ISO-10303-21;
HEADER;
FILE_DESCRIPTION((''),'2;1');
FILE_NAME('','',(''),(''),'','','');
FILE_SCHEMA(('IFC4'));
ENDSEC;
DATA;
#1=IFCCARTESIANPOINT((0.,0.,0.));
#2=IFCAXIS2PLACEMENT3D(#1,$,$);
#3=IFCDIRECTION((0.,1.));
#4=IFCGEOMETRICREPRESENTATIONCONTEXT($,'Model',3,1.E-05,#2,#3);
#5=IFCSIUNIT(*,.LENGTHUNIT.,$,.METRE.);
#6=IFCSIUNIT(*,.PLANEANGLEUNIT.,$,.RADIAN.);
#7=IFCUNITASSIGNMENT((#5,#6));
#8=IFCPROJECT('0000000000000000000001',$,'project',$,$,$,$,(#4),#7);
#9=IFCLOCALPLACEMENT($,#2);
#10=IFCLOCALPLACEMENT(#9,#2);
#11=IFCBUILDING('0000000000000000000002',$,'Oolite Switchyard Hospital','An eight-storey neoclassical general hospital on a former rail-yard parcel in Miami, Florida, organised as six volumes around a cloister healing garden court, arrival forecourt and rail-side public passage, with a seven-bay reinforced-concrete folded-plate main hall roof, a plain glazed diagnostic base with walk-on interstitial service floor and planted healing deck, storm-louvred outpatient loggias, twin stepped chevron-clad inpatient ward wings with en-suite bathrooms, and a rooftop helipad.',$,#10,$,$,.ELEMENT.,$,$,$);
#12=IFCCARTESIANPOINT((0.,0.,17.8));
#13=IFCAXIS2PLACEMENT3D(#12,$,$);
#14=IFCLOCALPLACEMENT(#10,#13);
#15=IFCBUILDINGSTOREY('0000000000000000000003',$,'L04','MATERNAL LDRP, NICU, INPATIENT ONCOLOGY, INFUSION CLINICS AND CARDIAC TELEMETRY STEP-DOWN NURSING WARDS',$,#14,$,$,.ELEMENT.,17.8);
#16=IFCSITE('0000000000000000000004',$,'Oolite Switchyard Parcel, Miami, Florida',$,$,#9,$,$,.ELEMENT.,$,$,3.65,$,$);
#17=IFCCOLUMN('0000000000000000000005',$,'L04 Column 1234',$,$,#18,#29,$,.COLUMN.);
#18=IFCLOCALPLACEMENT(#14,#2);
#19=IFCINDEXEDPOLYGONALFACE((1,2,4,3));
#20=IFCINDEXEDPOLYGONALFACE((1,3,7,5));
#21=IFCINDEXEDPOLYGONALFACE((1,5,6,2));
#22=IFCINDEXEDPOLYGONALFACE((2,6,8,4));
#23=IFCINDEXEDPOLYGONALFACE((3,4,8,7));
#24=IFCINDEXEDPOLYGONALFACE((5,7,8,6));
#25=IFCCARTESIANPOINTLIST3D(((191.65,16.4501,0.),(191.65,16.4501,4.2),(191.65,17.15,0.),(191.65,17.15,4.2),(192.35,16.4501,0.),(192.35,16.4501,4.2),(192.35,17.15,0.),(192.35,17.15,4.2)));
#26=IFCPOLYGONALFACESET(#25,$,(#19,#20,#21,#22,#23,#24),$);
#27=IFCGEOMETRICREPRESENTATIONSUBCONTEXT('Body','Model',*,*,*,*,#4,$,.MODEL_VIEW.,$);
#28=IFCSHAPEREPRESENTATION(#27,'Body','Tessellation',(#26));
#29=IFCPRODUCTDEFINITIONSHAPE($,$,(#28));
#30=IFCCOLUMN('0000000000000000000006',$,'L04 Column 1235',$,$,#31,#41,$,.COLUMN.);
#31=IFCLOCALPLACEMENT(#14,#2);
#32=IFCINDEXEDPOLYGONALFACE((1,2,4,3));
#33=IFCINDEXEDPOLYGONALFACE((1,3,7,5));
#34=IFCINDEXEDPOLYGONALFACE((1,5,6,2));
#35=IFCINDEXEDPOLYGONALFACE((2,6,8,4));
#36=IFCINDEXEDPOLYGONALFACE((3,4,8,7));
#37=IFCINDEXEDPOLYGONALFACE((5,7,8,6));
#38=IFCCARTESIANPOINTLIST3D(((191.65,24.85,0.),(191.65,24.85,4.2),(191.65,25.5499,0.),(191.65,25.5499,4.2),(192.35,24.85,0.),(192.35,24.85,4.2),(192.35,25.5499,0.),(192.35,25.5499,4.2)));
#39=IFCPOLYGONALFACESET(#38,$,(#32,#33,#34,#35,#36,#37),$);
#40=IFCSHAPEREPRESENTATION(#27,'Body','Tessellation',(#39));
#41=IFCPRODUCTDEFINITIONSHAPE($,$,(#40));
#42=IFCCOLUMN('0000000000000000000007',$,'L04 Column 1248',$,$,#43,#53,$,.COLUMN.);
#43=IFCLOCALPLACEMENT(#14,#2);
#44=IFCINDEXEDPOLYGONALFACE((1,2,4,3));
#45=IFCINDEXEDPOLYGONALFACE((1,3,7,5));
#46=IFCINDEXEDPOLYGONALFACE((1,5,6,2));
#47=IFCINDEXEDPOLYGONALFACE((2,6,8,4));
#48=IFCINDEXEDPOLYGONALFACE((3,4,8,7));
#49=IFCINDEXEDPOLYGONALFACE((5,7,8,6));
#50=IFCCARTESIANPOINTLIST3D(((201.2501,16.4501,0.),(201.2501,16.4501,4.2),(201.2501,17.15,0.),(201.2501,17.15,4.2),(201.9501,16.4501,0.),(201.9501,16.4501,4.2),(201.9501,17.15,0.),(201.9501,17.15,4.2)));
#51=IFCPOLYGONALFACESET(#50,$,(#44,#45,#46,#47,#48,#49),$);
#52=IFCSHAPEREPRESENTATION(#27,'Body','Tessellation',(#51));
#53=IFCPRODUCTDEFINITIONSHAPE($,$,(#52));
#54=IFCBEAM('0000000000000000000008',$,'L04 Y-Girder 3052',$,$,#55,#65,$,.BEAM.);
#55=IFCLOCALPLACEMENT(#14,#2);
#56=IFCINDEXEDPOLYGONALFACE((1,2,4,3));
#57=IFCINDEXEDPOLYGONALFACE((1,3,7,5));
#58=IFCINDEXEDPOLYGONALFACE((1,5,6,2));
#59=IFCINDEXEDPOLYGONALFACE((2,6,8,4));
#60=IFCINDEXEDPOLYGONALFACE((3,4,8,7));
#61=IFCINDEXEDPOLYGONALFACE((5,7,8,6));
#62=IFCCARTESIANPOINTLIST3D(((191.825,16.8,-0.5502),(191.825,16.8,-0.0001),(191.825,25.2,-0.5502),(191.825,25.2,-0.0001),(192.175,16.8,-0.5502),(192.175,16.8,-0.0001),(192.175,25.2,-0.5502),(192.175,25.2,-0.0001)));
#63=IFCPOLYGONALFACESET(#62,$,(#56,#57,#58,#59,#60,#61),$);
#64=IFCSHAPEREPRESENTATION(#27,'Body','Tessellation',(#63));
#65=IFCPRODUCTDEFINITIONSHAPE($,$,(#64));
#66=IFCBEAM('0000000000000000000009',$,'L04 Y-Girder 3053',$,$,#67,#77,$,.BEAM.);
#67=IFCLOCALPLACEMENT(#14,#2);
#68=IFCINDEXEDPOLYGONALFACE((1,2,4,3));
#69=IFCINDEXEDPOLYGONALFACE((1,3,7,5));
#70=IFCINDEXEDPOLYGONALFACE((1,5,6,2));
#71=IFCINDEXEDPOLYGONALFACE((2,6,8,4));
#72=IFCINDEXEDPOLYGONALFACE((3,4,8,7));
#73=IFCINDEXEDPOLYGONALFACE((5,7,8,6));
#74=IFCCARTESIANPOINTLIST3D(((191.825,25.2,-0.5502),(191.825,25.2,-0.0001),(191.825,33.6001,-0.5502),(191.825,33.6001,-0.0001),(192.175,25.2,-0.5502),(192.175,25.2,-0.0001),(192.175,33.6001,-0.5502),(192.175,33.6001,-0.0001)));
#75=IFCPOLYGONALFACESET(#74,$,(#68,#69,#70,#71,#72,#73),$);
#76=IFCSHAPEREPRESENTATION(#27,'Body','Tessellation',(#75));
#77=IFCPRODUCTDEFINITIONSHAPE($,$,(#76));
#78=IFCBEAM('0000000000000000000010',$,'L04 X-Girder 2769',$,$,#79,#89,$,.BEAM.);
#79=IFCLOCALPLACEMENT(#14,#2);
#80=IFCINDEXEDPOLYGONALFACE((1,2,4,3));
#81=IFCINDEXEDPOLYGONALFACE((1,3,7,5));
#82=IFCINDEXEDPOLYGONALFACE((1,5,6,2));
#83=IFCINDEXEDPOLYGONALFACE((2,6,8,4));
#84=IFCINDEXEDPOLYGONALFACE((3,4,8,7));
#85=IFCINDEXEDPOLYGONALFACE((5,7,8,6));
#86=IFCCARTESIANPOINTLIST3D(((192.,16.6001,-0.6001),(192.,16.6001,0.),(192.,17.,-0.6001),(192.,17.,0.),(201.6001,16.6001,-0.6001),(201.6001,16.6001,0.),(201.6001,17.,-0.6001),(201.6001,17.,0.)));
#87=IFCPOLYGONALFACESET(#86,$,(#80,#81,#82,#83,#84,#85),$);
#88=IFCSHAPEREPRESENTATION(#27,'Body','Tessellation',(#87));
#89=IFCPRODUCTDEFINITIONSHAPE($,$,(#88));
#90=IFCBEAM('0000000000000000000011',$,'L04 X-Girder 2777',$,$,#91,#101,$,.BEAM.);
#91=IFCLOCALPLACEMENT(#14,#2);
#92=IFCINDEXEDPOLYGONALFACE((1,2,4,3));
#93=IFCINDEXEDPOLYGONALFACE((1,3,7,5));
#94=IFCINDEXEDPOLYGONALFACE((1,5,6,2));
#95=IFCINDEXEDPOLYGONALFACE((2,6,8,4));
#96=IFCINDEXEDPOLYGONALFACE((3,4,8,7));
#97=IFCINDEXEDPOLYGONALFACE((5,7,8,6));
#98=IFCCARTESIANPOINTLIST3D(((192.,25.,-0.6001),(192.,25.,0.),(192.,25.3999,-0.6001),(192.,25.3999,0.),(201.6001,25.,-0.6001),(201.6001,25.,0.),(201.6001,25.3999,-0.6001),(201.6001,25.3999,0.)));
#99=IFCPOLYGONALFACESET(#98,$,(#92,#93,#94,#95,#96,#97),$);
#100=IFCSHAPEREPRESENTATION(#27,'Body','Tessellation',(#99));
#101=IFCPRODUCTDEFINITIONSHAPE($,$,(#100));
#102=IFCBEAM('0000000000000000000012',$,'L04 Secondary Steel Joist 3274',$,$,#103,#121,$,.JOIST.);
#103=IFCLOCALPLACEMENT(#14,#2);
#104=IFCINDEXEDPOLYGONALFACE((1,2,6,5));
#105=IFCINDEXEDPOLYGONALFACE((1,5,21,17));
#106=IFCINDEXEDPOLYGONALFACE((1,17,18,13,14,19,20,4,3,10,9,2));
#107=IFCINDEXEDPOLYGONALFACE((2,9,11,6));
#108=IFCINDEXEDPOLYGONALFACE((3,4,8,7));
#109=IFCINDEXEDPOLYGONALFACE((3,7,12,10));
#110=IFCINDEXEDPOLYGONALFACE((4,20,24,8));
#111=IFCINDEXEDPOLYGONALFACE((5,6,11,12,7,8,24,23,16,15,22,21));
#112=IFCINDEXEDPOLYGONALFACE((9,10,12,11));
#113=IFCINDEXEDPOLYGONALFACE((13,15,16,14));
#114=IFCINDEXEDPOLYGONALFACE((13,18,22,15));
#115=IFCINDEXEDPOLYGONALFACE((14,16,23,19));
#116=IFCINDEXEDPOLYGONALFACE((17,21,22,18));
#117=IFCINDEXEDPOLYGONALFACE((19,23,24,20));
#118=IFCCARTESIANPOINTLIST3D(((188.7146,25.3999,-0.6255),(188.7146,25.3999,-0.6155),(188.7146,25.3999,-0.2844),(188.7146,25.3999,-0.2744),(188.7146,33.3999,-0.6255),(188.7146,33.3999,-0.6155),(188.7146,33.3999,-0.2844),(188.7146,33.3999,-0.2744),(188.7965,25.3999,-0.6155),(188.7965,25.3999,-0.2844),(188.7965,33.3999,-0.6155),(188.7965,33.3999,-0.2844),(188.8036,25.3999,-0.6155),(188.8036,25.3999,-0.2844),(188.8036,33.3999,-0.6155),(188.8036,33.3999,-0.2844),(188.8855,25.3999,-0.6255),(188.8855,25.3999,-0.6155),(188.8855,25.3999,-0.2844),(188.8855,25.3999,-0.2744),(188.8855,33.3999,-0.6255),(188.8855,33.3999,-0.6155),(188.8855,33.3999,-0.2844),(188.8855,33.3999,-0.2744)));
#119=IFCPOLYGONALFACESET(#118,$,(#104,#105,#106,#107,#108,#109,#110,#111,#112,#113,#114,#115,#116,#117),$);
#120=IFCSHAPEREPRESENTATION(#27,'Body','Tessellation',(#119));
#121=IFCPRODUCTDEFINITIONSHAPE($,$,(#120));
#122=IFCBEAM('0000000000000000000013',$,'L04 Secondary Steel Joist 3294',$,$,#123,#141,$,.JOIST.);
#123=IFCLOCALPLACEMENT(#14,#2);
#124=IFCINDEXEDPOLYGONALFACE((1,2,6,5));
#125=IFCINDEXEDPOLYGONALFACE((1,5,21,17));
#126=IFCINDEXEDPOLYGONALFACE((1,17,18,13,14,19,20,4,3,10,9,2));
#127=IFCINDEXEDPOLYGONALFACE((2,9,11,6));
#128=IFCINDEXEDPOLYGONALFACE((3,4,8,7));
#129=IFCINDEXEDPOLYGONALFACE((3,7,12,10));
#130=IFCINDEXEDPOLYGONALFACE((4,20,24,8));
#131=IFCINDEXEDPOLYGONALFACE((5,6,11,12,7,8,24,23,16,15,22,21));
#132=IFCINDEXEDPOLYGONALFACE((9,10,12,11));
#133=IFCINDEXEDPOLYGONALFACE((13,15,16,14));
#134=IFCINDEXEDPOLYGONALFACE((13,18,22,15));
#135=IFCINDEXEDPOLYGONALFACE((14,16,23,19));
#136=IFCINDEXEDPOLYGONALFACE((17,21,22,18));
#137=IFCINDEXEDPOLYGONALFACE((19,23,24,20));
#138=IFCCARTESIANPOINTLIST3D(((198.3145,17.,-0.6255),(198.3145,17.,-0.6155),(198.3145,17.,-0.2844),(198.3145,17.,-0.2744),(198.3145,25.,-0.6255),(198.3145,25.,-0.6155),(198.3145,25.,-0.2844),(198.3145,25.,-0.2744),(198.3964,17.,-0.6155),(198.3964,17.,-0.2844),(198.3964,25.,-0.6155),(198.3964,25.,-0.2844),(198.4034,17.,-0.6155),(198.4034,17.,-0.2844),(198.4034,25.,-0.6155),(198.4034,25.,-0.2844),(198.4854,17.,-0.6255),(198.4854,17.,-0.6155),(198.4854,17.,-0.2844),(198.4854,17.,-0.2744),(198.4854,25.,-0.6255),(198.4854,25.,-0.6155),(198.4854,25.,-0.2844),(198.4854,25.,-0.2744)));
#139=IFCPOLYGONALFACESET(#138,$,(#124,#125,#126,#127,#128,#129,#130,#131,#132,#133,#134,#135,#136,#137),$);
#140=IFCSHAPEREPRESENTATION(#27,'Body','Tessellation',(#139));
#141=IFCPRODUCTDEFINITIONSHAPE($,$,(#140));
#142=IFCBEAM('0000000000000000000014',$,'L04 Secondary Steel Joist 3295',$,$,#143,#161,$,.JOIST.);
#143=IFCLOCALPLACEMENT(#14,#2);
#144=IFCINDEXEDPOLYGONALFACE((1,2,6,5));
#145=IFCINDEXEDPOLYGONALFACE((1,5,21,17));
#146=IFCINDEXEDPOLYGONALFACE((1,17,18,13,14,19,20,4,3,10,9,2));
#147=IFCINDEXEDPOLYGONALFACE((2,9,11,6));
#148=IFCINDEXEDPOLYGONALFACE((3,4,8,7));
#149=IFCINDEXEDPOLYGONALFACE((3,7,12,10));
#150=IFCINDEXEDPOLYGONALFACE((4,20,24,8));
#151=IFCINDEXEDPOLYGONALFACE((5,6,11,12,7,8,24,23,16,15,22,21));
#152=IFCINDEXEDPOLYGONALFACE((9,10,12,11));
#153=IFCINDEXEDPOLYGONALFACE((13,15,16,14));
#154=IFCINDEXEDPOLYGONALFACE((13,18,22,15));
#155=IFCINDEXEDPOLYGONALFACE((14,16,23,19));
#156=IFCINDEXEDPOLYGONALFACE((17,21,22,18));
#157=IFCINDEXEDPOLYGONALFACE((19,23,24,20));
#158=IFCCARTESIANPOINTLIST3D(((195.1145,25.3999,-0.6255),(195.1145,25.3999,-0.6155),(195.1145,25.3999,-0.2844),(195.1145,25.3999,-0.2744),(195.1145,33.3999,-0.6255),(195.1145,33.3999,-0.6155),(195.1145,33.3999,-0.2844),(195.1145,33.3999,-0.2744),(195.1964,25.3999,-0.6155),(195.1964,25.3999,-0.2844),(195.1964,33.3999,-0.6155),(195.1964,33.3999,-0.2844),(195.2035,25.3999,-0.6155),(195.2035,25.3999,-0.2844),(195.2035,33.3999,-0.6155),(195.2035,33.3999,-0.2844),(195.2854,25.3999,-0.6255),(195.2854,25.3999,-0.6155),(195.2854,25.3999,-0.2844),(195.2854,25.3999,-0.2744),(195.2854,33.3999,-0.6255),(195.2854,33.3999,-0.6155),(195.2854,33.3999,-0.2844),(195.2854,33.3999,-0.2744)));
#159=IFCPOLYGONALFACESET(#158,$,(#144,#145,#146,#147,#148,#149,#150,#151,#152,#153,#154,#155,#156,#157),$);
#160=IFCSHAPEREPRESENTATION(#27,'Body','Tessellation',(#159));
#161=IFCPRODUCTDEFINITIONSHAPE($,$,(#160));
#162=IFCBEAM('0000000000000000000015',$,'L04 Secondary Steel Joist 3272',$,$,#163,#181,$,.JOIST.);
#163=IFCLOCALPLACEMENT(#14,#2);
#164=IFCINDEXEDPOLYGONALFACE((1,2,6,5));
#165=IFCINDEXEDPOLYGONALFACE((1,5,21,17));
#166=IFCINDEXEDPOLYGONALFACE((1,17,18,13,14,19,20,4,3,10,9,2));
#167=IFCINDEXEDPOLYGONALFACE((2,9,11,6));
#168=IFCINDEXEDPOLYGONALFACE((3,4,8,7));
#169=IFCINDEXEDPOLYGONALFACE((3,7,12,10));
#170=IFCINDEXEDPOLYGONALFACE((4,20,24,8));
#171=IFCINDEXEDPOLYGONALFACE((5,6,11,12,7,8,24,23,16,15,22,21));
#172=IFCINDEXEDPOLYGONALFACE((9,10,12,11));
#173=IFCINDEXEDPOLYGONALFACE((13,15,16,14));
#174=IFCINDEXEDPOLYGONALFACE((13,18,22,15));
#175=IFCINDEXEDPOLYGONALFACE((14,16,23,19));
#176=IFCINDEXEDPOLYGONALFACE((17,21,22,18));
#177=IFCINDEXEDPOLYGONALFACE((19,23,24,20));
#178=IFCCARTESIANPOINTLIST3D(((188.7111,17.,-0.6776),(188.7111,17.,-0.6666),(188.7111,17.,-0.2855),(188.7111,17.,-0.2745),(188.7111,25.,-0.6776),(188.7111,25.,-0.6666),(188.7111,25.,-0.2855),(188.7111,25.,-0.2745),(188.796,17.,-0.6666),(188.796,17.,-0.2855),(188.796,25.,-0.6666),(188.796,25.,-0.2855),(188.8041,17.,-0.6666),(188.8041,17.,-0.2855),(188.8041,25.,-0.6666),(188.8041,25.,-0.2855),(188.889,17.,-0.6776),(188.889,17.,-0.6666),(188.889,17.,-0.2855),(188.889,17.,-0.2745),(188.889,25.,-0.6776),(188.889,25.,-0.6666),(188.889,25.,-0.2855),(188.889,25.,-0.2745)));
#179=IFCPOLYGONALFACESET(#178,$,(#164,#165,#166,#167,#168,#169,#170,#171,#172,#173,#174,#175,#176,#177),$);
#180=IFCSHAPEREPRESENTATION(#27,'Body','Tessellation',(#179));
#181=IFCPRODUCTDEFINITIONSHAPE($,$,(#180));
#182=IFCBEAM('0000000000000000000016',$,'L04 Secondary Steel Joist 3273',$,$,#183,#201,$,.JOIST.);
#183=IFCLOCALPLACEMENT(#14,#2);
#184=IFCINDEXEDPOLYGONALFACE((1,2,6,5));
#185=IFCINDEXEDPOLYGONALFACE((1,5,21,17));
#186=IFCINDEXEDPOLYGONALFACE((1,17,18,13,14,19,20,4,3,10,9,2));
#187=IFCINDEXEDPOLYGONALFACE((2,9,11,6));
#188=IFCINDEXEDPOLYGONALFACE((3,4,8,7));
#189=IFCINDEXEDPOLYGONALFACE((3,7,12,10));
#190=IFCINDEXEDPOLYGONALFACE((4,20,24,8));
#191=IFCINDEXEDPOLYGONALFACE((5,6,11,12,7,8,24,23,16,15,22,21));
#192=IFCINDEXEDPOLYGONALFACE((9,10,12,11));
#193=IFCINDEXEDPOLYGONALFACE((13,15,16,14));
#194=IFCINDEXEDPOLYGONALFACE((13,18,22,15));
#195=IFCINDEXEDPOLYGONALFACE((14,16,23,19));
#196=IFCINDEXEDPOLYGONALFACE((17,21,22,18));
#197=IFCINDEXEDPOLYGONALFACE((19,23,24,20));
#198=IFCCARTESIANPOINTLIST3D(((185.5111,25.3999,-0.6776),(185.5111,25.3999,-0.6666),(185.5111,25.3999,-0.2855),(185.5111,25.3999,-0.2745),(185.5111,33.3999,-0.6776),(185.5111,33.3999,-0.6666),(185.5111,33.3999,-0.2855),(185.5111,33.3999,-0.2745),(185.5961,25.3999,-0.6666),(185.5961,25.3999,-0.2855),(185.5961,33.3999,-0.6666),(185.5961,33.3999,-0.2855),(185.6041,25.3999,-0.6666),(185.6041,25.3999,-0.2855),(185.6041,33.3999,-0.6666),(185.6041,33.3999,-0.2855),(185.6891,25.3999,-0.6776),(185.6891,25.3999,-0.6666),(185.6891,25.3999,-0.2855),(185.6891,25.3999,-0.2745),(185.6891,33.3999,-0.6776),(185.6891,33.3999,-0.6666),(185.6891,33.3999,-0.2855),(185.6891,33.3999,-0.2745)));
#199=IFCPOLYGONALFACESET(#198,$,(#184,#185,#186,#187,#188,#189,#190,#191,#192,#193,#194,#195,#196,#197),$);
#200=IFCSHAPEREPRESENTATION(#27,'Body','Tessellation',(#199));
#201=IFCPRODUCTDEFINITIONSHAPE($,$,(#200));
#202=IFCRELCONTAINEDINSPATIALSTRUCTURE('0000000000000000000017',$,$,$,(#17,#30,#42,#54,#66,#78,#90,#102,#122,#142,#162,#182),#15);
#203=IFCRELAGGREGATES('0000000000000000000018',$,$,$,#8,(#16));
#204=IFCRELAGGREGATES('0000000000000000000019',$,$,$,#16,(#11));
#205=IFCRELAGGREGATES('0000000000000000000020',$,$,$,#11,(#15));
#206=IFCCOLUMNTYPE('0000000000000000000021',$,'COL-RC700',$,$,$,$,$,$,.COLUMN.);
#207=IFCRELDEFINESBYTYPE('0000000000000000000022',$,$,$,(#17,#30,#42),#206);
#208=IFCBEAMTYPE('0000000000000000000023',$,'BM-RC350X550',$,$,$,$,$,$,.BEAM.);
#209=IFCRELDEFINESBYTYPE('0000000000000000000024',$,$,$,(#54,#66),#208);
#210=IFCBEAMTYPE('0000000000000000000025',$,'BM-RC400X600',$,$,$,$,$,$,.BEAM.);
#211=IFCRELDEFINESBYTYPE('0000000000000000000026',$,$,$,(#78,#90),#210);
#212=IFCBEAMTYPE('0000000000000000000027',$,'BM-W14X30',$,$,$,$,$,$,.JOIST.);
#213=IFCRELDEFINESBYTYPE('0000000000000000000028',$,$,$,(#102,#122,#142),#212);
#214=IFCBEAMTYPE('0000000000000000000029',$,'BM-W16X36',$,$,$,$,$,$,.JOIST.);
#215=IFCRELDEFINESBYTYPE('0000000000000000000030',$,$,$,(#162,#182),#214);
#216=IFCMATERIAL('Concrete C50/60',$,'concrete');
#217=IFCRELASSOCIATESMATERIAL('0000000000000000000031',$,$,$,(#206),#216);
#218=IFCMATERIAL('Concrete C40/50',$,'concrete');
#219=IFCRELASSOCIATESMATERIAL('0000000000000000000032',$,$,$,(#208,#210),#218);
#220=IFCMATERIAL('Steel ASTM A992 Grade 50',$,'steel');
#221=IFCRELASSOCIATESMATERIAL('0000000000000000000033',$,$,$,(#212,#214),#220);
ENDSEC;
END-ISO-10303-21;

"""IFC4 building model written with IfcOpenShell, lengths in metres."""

from ifc_helpers import new_model, si_unit, direction, frame, origin, origin_2d, place, context, subcontext, project, spatial, rectangle, i_section, extrude, material, material_profile, profile_set, type_object, element, save


model = new_model("IFC4")

# Units and contexts
model_context = context("Model", 3, precision=1e-05, world=origin(), true_north=direction((0.0, 1.0)))
body_context = subcontext(model_context, "Body", "Model", "MODEL_VIEW")
ifc_project = project(units=[si_unit("LENGTHUNIT", "METRE"), si_unit("PLANEANGLEUNIT", "RADIAN")], contexts=[model_context])

# Site, building, storey
site_placement = place(None, origin())
site = spatial("IfcSite", under=ifc_project, at=site_placement, Name="Oolite Switchyard Parcel, Miami, Florida", CompositionType="ELEMENT", RefElevation=3.65)
building_placement = place(site_placement, origin())
building = spatial("IfcBuilding", under=site, at=building_placement, Name="Oolite Switchyard Hospital", Description="An eight-storey neoclassical general hospital on a former rail-yard parcel in Miami, Florida, organised as six volumes around a cloister healing garden court, arrival forecourt and rail-side public passage, with a seven-bay reinforced-concrete folded-plate main hall roof, a plain glazed diagnostic base with walk-on interstitial service floor and planted healing deck, storm-louvred outpatient loggias, twin stepped chevron-clad inpatient ward wings with en-suite bathrooms, and a rooftop helipad.", CompositionType="ELEMENT")
storey_placement = place(building_placement, frame((0.0, 0.0, 17.8)))
storey = spatial("IfcBuildingStorey", under=building, at=storey_placement, Name="L04", Description="MATERNAL LDRP, NICU, INPATIENT ONCOLOGY, INFUSION CLINICS AND CARDIAC TELEMETRY STEP-DOWN NURSING WARDS", CompositionType="ELEMENT", Elevation=17.8)

# Columns
ifc_material_1 = material(Name="Concrete C50/60", Category="concrete")
ifc_material_profile_1 = material_profile(ifc_material_1, rectangle(XDim=0.7, YDim=0.7, at=origin_2d()), Name="RC700X700")
ifc_profile_set_1 = profile_set([ifc_material_profile_1], Name="Concrete C50/60")
column_type = type_object("IfcColumnType", Name="COL-RC700", PredefinedType="COLUMN", material=ifc_profile_set_1)
for number, where, z_axis, x_axis, name in (
    (1, (192.0, 16.8, 0.0), (0.0, 0.0, 1.0), (1.0, 0.0, 0.0), "L04 Column 1234"),
    (2, (192.0, 25.2, 0.0), (0.0, 0.0, 1.0), (1.0, 0.0, 0.0), "L04 Column 1235"),
    (3, (201.6001, 16.8, 0.0), (0.0, 0.0, 1.0), (1.0, 0.0, 0.0), "L04 Column 1248"),
):
    element("IfcColumn", number, at=place(storey_placement, frame(where, z_axis=z_axis, x_axis=x_axis)), inside=storey, type_object=column_type, Name=name, PredefinedType="COLUMN", context=body_context, shape_type="SweptSolid", body=[
        extrude(rectangle(XDim=0.7, YDim=0.7, at=origin_2d()), origin(), (0.0, 0.0, 1.0), 4.2),
    ])

# Beams
ifc_material_2 = material(Name="Concrete C40/50", Category="concrete")
ifc_material_profile_2 = material_profile(ifc_material_2, rectangle(XDim=0.3501, YDim=0.55, at=origin_2d()), Name="RCB350X550")
ifc_profile_set_2 = profile_set([ifc_material_profile_2], Name="Concrete C40/50")
beam_type_1 = type_object("IfcBeamType", Name="BM-RC350X550", PredefinedType="BEAM", material=ifc_profile_set_2)
beam_1_placement = place(storey_placement, frame((192.0, 16.8, -0.2751), z_axis=(0.0, 1.0, 0.0), x_axis=(-1.0, 0.0, 0.0)))
element("IfcBeam", 4, at=beam_1_placement, inside=storey, type_object=beam_type_1, Name="L04 Y-Girder 3052", PredefinedType="BEAM", context=body_context, shape_type="SweptSolid", body=[
    extrude(rectangle(XDim=0.3501, YDim=0.55, at=origin_2d()), origin(), (0.0, 0.0, 1.0), 8.3999),
])
beam_2_placement = place(storey_placement, frame((192.0, 25.2, -0.2751), z_axis=(0.0, 1.0, 0.0), x_axis=(-1.0, 0.0, 0.0)))
element("IfcBeam", 5, at=beam_2_placement, inside=storey, type_object=beam_type_1, Name="L04 Y-Girder 3053", PredefinedType="BEAM", context=body_context, shape_type="SweptSolid", body=[
    extrude(rectangle(XDim=0.3501, YDim=0.55, at=origin_2d()), origin(), (0.0, 0.0, 1.0), 8.4001),
])
ifc_material_profile_3 = material_profile(ifc_material_2, rectangle(XDim=0.3999, YDim=0.6001, at=origin_2d()), Name="RCB400X600")
ifc_profile_set_3 = profile_set([ifc_material_profile_3], Name="Concrete C40/50")
beam_type_2 = type_object("IfcBeamType", Name="BM-RC400X600", PredefinedType="BEAM", material=ifc_profile_set_3)
for number, where, z_axis, x_axis, name in (
    (6, (192.0, 16.8, -0.3), (1.0, 0.0, 0.0), (0.0, 1.0, 0.0), "L04 X-Girder 2769"),
    (7, (192.0, 25.2, -0.3), (1.0, 0.0, 0.0), (0.0, 1.0, 0.0), "L04 X-Girder 2777"),
):
    element("IfcBeam", number, at=place(storey_placement, frame(where, z_axis=z_axis, x_axis=x_axis)), inside=storey, type_object=beam_type_2, Name=name, PredefinedType="BEAM", context=body_context, shape_type="SweptSolid", body=[
        extrude(rectangle(XDim=0.3999, YDim=0.6001, at=origin_2d()), origin(), (0.0, 0.0, 1.0), 9.6001),
    ])
ifc_material_3 = material(Name="Steel ASTM A992 Grade 50", Category="steel")
ifc_material_profile_4 = material_profile(ifc_material_3, i_section(OverallWidth=0.1709, OverallDepth=0.3511, WebThickness=0.0071, FlangeThickness=0.01, at=origin_2d()), Name="W14X30")
ifc_profile_set_4 = profile_set([ifc_material_profile_4], Name="Steel ASTM A992 Grade 50")
beam_type_3 = type_object("IfcBeamType", Name="BM-W14X30", PredefinedType="JOIST", material=ifc_profile_set_4)
for number, where, z_axis, x_axis, name in (
    (8, (188.8, 25.3999, -0.45), (0.0, 1.0, 0.0), (-1.0, 0.0, 0.0), "L04 Secondary Steel Joist 3274"),
    (9, (198.3999, 17.0, -0.45), (0.0, 1.0, 0.0), (-1.0, 0.0, 0.0), "L04 Secondary Steel Joist 3294"),
    (10, (195.2, 25.3999, -0.45), (0.0, 1.0, 0.0), (-1.0, 0.0, 0.0), "L04 Secondary Steel Joist 3295"),
):
    element("IfcBeam", number, at=place(storey_placement, frame(where, z_axis=z_axis, x_axis=x_axis)), inside=storey, type_object=beam_type_3, Name=name, PredefinedType="JOIST", context=body_context, shape_type="SweptSolid", body=[
        extrude(i_section(OverallWidth=0.1709, OverallDepth=0.3511, WebThickness=0.0071, FlangeThickness=0.01, at=origin_2d()), origin(), (0.0, 0.0, 1.0), 8.0),
    ])
ifc_material_profile_5 = material_profile(ifc_material_3, i_section(OverallWidth=0.178, OverallDepth=0.4031, WebThickness=0.0081, FlangeThickness=0.011, at=origin_2d()), Name="W16X36")
ifc_profile_set_5 = profile_set([ifc_material_profile_5], Name="Steel ASTM A992 Grade 50")
beam_type_4 = type_object("IfcBeamType", Name="BM-W16X36", PredefinedType="JOIST", material=ifc_profile_set_5)
for number, where, z_axis, x_axis, name in (
    (11, (188.8, 17.0, -0.4761), (0.0, 1.0, 0.0), (-1.0, 0.0, 0.0), "L04 Secondary Steel Joist 3272"),
    (12, (185.6001, 25.3999, -0.4761), (0.0, 1.0, 0.0), (-1.0, 0.0, 0.0), "L04 Secondary Steel Joist 3273"),
):
    element("IfcBeam", number, at=place(storey_placement, frame(where, z_axis=z_axis, x_axis=x_axis)), inside=storey, type_object=beam_type_4, Name=name, PredefinedType="JOIST", context=body_context, shape_type="SweptSolid", body=[
        extrude(i_section(OverallWidth=0.178, OverallDepth=0.4031, WebThickness=0.0081, FlangeThickness=0.011, at=origin_2d()), origin(), (0.0, 0.0, 1.0), 8.0),
    ])

save(model, "model.ifc")
